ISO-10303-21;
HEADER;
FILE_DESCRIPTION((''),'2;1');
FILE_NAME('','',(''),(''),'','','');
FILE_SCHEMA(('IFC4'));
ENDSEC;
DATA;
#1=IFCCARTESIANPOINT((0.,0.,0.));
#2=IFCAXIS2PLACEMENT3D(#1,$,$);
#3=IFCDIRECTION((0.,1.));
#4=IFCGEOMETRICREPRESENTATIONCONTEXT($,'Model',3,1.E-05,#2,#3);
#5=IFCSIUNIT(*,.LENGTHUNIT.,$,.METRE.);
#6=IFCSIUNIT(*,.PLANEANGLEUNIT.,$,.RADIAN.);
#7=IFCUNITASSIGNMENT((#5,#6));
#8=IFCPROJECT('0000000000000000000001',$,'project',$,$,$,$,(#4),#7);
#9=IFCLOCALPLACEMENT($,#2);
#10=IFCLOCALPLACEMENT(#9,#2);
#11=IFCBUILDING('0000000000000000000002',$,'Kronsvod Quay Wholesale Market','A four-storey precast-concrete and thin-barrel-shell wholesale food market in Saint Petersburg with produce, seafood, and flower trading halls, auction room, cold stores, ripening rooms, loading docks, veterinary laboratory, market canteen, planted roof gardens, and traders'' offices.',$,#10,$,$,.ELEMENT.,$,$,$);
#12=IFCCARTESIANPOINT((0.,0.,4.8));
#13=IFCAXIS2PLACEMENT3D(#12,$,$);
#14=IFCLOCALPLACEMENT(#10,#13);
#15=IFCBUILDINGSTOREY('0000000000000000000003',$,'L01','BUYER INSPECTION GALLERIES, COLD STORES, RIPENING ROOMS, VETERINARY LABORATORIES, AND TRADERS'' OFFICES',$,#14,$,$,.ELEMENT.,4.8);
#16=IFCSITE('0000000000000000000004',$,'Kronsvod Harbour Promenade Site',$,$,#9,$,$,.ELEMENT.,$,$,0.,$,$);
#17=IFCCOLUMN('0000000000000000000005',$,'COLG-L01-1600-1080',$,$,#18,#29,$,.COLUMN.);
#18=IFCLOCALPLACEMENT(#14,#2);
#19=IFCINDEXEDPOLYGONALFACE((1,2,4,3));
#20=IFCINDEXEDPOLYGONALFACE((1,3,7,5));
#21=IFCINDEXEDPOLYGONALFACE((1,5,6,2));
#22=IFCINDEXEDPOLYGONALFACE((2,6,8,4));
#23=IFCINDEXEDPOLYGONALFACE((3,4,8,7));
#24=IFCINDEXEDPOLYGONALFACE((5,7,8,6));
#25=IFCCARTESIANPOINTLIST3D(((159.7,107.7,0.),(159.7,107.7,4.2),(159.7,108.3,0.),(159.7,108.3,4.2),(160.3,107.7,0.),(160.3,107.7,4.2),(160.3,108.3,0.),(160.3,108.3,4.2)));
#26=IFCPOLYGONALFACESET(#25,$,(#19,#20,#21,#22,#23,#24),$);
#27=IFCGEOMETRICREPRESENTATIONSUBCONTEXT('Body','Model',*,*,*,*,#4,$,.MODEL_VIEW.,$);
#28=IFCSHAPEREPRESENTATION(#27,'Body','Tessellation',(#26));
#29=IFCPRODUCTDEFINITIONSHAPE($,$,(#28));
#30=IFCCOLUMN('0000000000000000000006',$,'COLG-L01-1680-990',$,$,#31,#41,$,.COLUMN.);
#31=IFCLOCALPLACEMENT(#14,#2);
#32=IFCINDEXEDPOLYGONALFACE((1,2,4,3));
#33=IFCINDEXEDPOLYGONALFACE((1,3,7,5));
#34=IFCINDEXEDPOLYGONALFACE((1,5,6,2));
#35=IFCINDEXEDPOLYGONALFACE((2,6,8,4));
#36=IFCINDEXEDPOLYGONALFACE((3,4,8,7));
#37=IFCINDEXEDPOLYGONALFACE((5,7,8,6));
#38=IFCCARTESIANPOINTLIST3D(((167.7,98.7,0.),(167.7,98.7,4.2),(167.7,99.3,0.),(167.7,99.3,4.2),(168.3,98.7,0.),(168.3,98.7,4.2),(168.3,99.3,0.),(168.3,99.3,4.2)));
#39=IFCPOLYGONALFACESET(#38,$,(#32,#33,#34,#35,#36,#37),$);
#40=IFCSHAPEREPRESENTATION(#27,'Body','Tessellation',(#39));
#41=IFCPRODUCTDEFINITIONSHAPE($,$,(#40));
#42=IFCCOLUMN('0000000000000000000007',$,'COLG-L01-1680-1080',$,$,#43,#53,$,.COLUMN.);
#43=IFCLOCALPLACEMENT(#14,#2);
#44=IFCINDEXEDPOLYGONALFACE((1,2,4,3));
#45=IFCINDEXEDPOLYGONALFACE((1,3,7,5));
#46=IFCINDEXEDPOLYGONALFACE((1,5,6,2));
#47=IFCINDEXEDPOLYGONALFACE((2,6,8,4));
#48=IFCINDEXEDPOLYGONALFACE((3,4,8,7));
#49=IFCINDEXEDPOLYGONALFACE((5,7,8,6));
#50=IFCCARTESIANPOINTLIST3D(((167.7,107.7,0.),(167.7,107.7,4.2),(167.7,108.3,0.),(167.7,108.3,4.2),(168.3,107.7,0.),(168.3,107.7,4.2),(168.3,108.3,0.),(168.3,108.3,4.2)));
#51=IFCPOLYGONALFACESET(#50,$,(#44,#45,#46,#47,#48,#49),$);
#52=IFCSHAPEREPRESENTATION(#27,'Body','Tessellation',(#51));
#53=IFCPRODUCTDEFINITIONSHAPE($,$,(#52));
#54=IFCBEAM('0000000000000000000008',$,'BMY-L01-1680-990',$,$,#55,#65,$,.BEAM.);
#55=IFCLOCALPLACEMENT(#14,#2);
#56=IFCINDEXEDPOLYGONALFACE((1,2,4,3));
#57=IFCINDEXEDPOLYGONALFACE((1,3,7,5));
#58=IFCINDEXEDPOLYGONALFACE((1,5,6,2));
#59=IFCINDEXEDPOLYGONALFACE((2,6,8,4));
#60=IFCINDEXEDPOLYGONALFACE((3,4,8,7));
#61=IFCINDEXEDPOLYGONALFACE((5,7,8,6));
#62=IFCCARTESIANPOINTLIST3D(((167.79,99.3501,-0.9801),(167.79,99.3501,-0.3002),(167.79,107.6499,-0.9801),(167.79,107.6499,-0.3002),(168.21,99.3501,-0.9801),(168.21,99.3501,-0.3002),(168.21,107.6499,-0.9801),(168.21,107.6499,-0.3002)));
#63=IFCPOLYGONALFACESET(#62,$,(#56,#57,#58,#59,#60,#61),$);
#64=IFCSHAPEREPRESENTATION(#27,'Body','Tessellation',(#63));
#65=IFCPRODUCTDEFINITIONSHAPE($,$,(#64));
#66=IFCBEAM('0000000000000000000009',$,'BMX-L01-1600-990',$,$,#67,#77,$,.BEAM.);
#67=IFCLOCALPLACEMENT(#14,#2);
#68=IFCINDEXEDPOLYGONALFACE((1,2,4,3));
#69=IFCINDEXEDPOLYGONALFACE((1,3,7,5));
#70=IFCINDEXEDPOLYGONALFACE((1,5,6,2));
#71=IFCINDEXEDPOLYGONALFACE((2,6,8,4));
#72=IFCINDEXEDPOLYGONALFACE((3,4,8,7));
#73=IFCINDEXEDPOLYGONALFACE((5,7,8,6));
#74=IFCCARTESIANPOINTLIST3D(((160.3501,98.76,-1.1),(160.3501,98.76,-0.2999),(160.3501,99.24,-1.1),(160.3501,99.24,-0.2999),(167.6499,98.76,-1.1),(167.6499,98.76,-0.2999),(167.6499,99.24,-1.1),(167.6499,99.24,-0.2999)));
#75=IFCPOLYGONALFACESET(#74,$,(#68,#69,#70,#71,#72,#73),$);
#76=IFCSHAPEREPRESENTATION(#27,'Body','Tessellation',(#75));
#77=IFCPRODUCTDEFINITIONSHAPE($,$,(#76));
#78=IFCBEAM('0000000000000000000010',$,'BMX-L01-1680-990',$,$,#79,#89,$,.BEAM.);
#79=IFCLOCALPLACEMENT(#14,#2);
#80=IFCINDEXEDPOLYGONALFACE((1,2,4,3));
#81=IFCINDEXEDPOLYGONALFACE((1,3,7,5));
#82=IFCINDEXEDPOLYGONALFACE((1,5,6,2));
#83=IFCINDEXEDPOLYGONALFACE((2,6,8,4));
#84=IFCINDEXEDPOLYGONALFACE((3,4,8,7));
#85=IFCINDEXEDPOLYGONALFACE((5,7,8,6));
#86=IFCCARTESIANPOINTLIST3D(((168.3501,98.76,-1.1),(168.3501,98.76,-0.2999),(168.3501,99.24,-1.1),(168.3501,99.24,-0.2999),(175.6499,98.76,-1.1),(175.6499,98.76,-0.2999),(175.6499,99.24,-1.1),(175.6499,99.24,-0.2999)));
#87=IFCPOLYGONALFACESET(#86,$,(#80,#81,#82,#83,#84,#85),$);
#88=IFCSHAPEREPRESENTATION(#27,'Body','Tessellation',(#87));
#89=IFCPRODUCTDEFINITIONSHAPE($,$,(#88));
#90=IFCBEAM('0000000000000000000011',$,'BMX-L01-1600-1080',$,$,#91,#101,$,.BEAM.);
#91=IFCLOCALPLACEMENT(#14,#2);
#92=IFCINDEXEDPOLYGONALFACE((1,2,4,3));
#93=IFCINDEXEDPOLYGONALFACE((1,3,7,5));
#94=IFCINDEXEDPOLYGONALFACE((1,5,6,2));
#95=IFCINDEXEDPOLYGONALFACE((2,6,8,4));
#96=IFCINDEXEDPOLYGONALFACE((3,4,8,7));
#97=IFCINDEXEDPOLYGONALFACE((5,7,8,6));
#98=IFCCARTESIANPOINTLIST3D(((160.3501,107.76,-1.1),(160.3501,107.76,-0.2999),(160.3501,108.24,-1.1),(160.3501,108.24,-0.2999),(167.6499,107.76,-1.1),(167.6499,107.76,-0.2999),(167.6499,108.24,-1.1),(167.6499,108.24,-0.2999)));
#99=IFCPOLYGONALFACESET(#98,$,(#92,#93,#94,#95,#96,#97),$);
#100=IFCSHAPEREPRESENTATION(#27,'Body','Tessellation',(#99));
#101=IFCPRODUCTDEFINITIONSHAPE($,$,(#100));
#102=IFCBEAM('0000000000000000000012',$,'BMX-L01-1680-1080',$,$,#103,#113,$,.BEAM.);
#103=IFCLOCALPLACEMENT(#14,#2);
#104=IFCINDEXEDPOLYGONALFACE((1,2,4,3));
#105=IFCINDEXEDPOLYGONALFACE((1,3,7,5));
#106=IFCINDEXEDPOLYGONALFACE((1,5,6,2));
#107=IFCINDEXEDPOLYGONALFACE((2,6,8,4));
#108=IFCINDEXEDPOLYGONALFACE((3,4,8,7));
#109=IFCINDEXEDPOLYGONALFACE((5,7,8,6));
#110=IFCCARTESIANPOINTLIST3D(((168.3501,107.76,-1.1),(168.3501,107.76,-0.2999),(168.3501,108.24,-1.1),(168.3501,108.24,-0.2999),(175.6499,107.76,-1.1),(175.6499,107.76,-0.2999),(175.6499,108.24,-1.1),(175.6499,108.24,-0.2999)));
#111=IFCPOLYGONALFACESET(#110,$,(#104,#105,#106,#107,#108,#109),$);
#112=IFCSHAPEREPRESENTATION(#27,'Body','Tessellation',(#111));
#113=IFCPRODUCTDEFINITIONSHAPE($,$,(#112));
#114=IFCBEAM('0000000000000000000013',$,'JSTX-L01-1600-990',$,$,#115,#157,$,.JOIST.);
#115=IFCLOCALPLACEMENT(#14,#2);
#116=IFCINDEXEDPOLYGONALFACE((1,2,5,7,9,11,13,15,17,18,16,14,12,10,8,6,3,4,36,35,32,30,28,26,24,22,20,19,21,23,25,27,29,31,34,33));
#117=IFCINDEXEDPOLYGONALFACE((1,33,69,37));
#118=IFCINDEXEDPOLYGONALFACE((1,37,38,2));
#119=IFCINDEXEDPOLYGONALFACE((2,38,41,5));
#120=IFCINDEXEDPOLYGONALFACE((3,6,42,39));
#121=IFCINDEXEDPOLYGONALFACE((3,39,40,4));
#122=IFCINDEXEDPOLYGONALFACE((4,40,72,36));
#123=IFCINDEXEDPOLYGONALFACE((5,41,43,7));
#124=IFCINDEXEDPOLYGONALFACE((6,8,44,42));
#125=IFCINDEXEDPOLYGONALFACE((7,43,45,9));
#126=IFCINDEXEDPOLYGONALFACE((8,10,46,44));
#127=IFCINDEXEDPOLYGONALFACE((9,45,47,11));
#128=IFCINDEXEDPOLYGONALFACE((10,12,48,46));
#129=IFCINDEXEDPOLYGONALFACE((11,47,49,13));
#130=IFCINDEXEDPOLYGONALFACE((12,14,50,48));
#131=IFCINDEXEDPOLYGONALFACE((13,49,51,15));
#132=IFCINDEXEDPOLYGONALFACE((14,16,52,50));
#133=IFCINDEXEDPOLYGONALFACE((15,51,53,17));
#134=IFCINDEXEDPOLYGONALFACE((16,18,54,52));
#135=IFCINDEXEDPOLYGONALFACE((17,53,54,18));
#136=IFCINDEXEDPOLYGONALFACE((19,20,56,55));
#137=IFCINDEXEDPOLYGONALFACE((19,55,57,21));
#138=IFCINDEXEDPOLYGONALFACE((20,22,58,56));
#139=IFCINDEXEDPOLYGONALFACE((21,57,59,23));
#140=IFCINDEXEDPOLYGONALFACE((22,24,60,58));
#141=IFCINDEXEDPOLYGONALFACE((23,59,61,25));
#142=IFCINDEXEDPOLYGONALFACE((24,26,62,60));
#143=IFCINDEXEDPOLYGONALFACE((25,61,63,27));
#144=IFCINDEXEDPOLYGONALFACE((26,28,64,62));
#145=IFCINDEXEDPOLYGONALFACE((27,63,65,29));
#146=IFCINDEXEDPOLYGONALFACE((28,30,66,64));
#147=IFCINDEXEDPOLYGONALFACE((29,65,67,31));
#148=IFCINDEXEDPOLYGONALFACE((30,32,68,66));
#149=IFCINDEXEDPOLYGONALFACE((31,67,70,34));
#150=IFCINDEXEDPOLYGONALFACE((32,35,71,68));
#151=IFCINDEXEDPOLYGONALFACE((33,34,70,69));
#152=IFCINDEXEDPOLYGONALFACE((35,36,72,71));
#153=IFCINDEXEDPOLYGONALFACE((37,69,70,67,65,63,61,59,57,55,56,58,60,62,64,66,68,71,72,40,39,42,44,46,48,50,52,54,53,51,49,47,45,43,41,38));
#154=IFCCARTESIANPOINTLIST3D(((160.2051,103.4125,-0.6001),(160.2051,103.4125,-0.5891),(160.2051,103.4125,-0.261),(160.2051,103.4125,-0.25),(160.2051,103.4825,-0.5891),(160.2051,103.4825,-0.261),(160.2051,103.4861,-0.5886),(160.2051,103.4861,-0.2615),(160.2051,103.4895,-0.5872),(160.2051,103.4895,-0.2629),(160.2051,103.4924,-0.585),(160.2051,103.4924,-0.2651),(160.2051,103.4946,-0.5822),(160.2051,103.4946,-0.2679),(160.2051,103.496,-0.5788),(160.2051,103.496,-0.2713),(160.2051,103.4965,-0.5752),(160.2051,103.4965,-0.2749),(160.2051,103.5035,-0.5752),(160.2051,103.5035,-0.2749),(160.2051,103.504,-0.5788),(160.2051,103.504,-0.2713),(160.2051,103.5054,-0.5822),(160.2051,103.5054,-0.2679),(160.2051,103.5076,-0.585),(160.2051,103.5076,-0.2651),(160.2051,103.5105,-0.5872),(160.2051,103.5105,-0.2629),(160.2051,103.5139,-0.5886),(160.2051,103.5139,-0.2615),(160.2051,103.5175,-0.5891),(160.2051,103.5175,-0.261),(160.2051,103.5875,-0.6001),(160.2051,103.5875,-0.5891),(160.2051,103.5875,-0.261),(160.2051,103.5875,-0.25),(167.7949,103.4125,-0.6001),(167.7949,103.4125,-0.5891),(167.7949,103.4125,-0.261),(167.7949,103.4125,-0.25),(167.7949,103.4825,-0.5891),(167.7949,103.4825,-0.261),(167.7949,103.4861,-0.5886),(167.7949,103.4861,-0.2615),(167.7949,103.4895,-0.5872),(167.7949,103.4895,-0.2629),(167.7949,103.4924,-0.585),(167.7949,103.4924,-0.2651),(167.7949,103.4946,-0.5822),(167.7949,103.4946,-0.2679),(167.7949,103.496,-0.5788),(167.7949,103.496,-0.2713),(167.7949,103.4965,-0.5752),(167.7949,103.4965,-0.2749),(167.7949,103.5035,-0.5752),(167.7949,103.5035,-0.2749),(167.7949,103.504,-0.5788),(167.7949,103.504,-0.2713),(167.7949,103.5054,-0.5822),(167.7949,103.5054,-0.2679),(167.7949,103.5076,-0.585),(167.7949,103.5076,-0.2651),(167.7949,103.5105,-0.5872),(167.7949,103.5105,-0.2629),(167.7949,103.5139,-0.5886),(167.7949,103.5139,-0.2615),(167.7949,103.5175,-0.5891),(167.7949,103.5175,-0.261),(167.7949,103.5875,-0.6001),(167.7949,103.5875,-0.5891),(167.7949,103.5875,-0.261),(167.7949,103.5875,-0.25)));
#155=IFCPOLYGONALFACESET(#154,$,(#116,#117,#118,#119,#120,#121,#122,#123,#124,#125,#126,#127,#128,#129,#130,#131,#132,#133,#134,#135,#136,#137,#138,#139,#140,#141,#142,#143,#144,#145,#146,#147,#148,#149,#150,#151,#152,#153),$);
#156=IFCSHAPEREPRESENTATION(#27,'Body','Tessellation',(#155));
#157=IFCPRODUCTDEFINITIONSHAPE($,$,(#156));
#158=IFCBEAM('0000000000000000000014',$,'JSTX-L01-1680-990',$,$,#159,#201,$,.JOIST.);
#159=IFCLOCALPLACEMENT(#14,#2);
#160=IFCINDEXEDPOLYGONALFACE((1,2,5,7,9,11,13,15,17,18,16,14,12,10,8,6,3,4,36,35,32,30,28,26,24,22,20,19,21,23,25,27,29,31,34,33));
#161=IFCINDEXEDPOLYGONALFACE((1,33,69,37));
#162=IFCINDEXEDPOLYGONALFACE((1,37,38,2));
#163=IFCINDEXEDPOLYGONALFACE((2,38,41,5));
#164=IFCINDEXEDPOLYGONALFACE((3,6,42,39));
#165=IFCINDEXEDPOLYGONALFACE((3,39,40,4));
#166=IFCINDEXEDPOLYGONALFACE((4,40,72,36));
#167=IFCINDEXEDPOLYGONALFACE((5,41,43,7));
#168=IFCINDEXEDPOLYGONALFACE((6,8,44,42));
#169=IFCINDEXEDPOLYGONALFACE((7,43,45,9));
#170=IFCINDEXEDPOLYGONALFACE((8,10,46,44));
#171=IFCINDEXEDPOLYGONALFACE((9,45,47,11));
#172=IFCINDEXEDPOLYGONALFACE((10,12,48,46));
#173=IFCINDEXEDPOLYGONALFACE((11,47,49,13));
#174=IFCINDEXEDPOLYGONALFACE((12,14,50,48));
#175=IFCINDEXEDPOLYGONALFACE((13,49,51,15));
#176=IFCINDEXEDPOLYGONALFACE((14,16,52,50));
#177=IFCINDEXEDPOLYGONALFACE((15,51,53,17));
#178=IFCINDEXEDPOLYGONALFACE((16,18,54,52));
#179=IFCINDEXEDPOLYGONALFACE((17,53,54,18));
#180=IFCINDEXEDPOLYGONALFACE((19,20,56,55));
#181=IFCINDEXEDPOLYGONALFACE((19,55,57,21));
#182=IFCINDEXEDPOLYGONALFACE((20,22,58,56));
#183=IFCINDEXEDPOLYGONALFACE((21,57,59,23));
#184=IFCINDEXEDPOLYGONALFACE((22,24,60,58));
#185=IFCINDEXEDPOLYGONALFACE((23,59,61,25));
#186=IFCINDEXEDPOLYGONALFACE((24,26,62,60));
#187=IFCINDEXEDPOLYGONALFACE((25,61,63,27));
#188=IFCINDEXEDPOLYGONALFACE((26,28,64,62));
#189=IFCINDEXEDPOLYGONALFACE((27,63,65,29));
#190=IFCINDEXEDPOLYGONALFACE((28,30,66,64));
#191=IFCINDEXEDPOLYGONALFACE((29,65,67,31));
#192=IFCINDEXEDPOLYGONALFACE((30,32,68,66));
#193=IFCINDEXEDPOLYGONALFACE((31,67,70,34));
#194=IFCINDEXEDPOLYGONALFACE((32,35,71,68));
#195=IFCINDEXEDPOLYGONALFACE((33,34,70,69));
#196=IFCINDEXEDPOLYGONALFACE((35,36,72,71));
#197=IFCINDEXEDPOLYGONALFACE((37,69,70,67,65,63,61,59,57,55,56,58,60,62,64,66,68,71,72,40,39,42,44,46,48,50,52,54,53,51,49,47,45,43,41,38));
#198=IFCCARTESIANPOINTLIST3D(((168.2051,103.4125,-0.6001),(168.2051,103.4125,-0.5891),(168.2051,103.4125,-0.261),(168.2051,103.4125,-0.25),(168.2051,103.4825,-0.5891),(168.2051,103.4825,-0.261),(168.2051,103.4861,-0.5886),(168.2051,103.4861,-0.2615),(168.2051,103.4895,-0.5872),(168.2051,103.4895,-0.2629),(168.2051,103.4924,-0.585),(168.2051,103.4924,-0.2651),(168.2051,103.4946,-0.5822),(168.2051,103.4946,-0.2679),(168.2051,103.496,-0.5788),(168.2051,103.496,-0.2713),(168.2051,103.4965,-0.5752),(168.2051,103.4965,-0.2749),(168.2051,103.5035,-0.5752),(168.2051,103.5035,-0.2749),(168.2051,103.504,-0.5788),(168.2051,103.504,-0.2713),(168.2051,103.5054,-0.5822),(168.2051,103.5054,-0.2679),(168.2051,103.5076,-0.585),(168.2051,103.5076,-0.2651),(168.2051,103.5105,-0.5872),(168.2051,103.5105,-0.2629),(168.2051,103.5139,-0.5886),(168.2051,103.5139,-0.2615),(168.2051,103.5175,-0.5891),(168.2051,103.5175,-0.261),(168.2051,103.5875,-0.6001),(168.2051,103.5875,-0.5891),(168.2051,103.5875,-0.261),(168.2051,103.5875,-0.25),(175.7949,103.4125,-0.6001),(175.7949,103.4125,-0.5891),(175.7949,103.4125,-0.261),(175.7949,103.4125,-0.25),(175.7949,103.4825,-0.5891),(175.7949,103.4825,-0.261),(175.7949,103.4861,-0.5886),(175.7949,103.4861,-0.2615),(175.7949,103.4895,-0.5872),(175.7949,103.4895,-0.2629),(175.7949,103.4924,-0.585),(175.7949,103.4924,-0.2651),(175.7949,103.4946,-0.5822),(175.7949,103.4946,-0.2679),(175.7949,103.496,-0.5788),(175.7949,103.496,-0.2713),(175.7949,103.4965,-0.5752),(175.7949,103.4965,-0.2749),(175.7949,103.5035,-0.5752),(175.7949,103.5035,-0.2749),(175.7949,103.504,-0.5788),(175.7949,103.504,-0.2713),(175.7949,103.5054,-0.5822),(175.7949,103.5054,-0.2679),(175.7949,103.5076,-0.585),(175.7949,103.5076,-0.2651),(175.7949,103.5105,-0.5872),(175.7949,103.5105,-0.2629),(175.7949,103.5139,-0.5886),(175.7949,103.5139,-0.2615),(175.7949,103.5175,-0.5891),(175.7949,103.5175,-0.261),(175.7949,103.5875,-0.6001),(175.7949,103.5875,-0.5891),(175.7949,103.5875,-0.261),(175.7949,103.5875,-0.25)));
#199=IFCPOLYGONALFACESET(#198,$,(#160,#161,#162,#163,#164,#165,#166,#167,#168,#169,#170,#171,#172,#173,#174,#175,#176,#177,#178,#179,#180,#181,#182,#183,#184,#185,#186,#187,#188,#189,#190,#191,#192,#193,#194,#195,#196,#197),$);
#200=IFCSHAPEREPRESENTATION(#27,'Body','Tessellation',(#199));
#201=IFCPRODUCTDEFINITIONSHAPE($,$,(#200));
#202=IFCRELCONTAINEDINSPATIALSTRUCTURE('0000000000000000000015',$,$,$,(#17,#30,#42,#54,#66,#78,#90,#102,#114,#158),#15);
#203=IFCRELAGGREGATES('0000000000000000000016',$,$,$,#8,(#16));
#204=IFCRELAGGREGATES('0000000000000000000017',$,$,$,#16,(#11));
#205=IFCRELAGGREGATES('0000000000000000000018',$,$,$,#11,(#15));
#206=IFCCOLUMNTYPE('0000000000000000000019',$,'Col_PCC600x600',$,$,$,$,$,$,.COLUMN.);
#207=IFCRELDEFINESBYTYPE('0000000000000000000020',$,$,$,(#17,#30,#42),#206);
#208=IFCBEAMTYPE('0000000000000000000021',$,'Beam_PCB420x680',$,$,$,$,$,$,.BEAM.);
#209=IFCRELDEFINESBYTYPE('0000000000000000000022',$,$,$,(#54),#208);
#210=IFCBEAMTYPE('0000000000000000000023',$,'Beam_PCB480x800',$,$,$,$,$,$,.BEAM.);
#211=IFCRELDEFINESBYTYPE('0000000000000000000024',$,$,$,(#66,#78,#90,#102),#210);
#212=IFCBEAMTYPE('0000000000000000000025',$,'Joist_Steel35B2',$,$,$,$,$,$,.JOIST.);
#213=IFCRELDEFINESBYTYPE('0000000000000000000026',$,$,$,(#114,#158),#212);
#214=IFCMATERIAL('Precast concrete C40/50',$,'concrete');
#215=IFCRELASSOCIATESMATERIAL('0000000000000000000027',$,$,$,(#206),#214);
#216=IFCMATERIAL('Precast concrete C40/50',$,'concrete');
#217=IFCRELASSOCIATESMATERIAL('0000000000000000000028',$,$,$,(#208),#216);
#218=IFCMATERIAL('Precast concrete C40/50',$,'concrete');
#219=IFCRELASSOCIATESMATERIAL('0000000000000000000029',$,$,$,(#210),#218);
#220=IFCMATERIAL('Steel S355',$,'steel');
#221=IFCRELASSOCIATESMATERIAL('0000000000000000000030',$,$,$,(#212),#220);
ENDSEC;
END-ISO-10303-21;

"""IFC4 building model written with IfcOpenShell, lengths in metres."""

from ifc_helpers import new_model, si_unit, direction, frame, origin, origin_2d, place, context, subcontext, project, spatial, rectangle, i_section, extrude, material, material_profile, profile_set, type_object, element, save


model = new_model("IFC4")

# Units and contexts
model_context = context("Model", 3, precision=1e-05, world=origin(), true_north=direction((0.0, 1.0)))
body_context = subcontext(model_context, "Body", "Model", "MODEL_VIEW")
ifc_project = project(units=[si_unit("LENGTHUNIT", "METRE"), si_unit("PLANEANGLEUNIT", "RADIAN")], contexts=[model_context])

# Site, building, storey
site_placement = place(None, origin())
site = spatial("IfcSite", under=ifc_project, at=site_placement, Name="Kronsvod Harbour Promenade Site", CompositionType="ELEMENT", RefElevation=0.0)
building_placement = place(site_placement, origin())
building = spatial("IfcBuilding", under=site, at=building_placement, Name="Kronsvod Quay Wholesale Market", Description="A four-storey precast-concrete and thin-barrel-shell wholesale food market in Saint Petersburg with produce, seafood, and flower trading halls, auction room, cold stores, ripening rooms, loading docks, veterinary laboratory, market canteen, planted roof gardens, and traders' offices.", CompositionType="ELEMENT")
storey_placement = place(building_placement, frame((0.0, 0.0, 4.8)))
storey = spatial("IfcBuildingStorey", under=building, at=storey_placement, Name="L01", Description="BUYER INSPECTION GALLERIES, COLD STORES, RIPENING ROOMS, VETERINARY LABORATORIES, AND TRADERS' OFFICES", CompositionType="ELEMENT", Elevation=4.8)

# Columns
ifc_material_1 = material(Name="Precast concrete C40/50", Category="concrete")
ifc_material_profile_1 = material_profile(ifc_material_1, rectangle(XDim=0.6001, YDim=0.6001, at=origin_2d()), Name="PCC600x600")
ifc_profile_set_1 = profile_set([ifc_material_profile_1], Name="Precast concrete C40/50")
column_type = type_object("IfcColumnType", Name="Col_PCC600x600", PredefinedType="COLUMN", material=ifc_profile_set_1)
for number, where, z_axis, x_axis, name in (
    (1, (160.0, 108.0, 0.0), (0.0, 0.0, 1.0), (1.0, 0.0, 0.0), "COLG-L01-1600-1080"),
    (2, (168.0, 99.0, 0.0), (0.0, 0.0, 1.0), (1.0, 0.0, 0.0), "COLG-L01-1680-990"),
    (3, (168.0, 108.0, 0.0), (0.0, 0.0, 1.0), (1.0, 0.0, 0.0), "COLG-L01-1680-1080"),
):
    element("IfcColumn", number, at=place(storey_placement, frame(where, z_axis=z_axis, x_axis=x_axis)), inside=storey, type_object=column_type, Name=name, PredefinedType="COLUMN", context=body_context, shape_type="SweptSolid", body=[
        extrude(rectangle(XDim=0.6001, YDim=0.6001, at=origin_2d()), origin(), (0.0, 0.0, 1.0), 4.2),
    ])

# Beams
ifc_material_2 = material(Name="Precast concrete C40/50", Category="concrete")
ifc_material_profile_2 = material_profile(ifc_material_2, rectangle(XDim=0.4199, YDim=0.6799, at=origin_2d()), Name="PB-05")
ifc_profile_set_2 = profile_set([ifc_material_profile_2], Name="Precast concrete C40/50")
beam_type_1 = type_object("IfcBeamType", Name="Beam_PCB420x680", PredefinedType="BEAM", material=ifc_profile_set_2)
beam_placement = place(storey_placement, frame((168.0, 99.3501, -0.6401), z_axis=(0.0, 1.0, 0.0), x_axis=(-1.0, 0.0, 0.0)))
element("IfcBeam", 4, at=beam_placement, inside=storey, type_object=beam_type_1, Name="BMY-L01-1680-990", PredefinedType="BEAM", context=body_context, shape_type="SweptSolid", body=[
    extrude(rectangle(XDim=0.4199, YDim=0.6799, at=origin_2d()), origin(), (0.0, 0.0, 1.0), 8.2998),
])
ifc_material_3 = material(Name="Precast concrete C40/50", Category="concrete")
ifc_material_profile_3 = material_profile(ifc_material_3, rectangle(XDim=0.48, YDim=0.8, at=origin_2d()), Name="PB-04")
ifc_profile_set_3 = profile_set([ifc_material_profile_3], Name="Precast concrete C40/50")
beam_type_2 = type_object("IfcBeamType", Name="Beam_PCB480x800", PredefinedType="BEAM", material=ifc_profile_set_3)
for number, where, z_axis, x_axis, name in (
    (5, (160.3501, 99.0, -0.7), (1.0, 0.0, 0.0), (0.0, 1.0, 0.0), "BMX-L01-1600-990"),
    (6, (168.3501, 99.0, -0.7), (1.0, 0.0, 0.0), (0.0, 1.0, 0.0), "BMX-L01-1680-990"),
    (7, (160.3501, 108.0, -0.7), (1.0, 0.0, 0.0), (0.0, 1.0, 0.0), "BMX-L01-1600-1080"),
    (8, (168.3501, 108.0, -0.7), (1.0, 0.0, 0.0), (0.0, 1.0, 0.0), "BMX-L01-1680-1080"),
):
    element("IfcBeam", number, at=place(storey_placement, frame(where, z_axis=z_axis, x_axis=x_axis)), inside=storey, type_object=beam_type_2, Name=name, PredefinedType="BEAM", context=body_context, shape_type="SweptSolid", body=[
        extrude(rectangle(XDim=0.48, YDim=0.8, at=origin_2d()), origin(), (0.0, 0.0, 1.0), 7.2998),
    ])
ifc_material_4 = material(Name="Steel S355", Category="steel")
ifc_material_profile_4 = material_profile(ifc_material_4, i_section(OverallWidth=0.175, OverallDepth=0.3501, WebThickness=0.0071, FlangeThickness=0.011, FilletRadius=0.0139, at=origin_2d()), Name="35B2")
ifc_profile_set_4 = profile_set([ifc_material_profile_4], Name="Steel S355")
beam_type_3 = type_object("IfcBeamType", Name="Joist_Steel35B2", PredefinedType="JOIST", material=ifc_profile_set_4)
for number, where, z_axis, x_axis, name in (
    (9, (160.2051, 103.5, -0.425), (1.0, 0.0, 0.0), (0.0, 1.0, 0.0), "JSTX-L01-1600-990"),
    (10, (168.2051, 103.5, -0.425), (1.0, 0.0, 0.0), (0.0, 1.0, 0.0), "JSTX-L01-1680-990"),
):
    element("IfcBeam", number, at=place(storey_placement, frame(where, z_axis=z_axis, x_axis=x_axis)), inside=storey, type_object=beam_type_3, Name=name, PredefinedType="JOIST", context=body_context, shape_type="SweptSolid", body=[
        extrude(i_section(OverallWidth=0.175, OverallDepth=0.3501, WebThickness=0.0071, FlangeThickness=0.011, FilletRadius=0.0139, at=origin_2d()), origin(), (0.0, 0.0, 1.0), 7.5898),
    ])

save(model, "model.ifc")
